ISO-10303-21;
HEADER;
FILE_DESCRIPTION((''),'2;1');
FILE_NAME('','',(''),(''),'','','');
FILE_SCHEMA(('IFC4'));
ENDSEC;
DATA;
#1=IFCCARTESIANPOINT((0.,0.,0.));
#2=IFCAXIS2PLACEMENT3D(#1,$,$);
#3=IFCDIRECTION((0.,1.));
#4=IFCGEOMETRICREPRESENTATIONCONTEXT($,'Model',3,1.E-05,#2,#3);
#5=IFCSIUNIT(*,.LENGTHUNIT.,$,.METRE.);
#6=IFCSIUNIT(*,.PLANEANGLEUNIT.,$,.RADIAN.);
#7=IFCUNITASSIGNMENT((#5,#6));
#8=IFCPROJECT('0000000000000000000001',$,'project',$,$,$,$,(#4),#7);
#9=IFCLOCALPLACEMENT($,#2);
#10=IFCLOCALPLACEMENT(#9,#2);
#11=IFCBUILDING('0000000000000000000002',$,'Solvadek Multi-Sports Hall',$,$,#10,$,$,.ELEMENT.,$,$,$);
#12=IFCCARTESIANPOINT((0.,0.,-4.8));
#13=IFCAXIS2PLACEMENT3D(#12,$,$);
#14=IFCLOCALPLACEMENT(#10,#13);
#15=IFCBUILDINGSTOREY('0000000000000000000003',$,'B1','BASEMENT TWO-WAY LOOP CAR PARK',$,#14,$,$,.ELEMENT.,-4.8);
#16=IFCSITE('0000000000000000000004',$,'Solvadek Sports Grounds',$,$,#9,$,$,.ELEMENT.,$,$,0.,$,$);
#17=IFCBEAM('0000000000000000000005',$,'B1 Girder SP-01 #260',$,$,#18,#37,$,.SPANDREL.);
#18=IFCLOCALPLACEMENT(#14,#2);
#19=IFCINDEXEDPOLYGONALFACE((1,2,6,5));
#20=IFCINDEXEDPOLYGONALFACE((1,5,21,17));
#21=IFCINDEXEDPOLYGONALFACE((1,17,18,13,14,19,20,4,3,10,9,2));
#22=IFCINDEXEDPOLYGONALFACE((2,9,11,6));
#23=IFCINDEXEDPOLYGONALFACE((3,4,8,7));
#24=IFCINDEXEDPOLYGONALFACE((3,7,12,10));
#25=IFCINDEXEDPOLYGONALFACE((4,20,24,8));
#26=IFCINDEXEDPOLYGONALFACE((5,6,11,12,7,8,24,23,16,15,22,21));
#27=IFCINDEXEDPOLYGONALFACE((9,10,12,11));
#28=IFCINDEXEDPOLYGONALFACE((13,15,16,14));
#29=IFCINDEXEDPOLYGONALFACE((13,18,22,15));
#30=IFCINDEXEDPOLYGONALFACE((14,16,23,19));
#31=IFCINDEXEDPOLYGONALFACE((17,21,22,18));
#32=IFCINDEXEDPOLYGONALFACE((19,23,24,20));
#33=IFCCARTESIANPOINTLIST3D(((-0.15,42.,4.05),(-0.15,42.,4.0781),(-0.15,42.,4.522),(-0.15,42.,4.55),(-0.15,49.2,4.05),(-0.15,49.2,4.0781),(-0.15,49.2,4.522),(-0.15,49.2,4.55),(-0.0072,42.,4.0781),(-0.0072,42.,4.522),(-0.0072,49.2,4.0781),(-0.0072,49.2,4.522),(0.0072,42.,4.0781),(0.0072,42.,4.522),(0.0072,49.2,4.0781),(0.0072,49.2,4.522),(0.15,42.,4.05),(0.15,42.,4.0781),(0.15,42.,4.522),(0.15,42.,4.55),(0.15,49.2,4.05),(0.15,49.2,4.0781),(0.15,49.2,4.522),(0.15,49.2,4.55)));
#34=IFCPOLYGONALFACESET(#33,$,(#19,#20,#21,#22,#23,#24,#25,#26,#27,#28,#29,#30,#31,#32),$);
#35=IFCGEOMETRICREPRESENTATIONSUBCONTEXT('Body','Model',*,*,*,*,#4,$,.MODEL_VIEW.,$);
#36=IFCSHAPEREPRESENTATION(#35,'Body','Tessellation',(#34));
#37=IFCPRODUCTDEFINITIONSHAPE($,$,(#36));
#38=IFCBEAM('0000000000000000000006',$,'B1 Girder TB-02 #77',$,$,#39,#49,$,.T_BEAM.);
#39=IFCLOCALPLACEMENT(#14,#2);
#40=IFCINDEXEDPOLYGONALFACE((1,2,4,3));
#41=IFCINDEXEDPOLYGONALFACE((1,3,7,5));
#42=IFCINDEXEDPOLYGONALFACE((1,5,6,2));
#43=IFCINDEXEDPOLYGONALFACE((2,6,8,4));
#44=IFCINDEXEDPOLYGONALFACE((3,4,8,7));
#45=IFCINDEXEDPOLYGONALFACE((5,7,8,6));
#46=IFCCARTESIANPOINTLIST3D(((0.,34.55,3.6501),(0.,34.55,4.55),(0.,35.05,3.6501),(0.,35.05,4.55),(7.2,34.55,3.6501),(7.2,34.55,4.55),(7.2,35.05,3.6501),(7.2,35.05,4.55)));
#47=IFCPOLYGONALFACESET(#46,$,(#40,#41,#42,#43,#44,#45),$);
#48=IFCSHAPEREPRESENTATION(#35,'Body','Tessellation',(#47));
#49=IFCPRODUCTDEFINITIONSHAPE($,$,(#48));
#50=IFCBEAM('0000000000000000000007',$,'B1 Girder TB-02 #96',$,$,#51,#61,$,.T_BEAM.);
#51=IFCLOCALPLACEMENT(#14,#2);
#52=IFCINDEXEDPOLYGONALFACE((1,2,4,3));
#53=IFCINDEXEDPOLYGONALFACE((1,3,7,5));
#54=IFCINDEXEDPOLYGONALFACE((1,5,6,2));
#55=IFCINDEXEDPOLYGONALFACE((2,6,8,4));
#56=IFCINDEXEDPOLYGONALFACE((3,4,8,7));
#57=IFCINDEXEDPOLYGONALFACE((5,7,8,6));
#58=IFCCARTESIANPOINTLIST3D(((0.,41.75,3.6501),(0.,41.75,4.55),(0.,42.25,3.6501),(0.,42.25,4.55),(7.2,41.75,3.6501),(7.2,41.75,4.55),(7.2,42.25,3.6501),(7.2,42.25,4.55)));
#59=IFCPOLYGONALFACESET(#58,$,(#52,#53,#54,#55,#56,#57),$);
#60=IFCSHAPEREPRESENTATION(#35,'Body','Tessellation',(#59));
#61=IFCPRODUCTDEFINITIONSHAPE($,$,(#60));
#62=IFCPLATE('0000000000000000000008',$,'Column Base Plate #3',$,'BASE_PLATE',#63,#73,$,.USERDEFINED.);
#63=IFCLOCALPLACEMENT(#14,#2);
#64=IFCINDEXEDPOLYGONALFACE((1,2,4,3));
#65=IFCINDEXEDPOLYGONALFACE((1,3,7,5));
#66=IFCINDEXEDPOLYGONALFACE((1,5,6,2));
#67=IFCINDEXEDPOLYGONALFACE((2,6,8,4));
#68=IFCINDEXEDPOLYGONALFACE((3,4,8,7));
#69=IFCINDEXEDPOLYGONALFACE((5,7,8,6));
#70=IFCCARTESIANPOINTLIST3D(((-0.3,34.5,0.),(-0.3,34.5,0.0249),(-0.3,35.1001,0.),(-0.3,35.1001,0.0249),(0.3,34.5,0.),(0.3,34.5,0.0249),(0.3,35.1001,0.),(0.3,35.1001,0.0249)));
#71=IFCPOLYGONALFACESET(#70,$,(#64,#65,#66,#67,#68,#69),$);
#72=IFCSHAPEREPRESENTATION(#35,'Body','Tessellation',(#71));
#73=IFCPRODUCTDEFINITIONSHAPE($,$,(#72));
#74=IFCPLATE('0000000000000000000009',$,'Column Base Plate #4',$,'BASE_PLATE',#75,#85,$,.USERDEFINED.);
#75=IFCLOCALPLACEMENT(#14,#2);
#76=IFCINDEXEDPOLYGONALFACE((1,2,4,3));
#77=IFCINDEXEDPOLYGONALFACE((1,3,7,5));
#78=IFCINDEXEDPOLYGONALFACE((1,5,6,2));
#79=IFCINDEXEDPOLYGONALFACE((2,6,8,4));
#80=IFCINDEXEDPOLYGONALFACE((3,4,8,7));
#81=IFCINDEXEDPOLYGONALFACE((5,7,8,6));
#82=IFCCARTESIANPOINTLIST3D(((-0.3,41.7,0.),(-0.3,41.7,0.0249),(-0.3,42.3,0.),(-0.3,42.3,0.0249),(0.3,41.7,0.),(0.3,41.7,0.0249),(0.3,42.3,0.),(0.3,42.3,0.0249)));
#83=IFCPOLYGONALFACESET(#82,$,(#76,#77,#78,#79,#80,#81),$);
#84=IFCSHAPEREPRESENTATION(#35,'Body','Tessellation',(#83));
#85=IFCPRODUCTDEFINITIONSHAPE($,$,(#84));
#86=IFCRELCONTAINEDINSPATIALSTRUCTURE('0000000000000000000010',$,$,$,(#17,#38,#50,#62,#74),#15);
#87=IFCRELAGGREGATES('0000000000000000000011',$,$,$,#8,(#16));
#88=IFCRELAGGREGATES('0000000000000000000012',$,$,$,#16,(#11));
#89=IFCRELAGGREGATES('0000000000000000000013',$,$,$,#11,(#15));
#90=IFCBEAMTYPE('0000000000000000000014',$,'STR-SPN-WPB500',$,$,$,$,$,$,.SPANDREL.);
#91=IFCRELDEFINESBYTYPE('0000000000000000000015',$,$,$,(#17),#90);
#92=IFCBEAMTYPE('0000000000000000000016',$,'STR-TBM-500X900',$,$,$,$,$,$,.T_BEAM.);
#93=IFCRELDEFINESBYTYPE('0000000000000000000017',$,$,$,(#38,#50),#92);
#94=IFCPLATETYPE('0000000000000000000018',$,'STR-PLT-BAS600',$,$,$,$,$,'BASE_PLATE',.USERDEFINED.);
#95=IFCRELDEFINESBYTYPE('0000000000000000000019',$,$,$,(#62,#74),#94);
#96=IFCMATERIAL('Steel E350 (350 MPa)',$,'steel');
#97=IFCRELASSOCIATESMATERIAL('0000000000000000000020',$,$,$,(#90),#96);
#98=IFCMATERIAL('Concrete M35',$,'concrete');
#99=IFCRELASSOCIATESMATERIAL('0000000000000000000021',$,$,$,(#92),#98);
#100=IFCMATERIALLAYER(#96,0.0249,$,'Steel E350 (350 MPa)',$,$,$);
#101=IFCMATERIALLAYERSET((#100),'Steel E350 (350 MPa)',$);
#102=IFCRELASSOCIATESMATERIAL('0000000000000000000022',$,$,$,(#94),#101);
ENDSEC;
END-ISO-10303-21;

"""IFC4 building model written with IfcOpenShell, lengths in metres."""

from ifc_helpers import new_model, si_unit, direction, frame, origin, origin_2d, place, context, subcontext, project, spatial, rectangle, i_section, extrude, material, layer, layer_set, material_profile, profile_set, type_object, element, save


model = new_model("IFC4")

# Units and contexts
model_context = context("Model", 3, precision=1e-05, world=origin(), true_north=direction((0.0, 1.0)))
body_context = subcontext(model_context, "Body", "Model", "MODEL_VIEW")
ifc_project = project(units=[si_unit("LENGTHUNIT", "METRE"), si_unit("PLANEANGLEUNIT", "RADIAN")], contexts=[model_context])

# Site, building, storey
site_placement = place(None, origin())
site = spatial("IfcSite", under=ifc_project, at=site_placement, Name="Solvadek Sports Grounds", CompositionType="ELEMENT", RefElevation=0.0)
building_placement = place(site_placement, origin())
building = spatial("IfcBuilding", under=site, at=building_placement, Name="Solvadek Multi-Sports Hall", CompositionType="ELEMENT")
storey_placement = place(building_placement, frame((0.0, 0.0, -4.8)))
storey = spatial("IfcBuildingStorey", under=building, at=storey_placement, Name="B1", Description="BASEMENT TWO-WAY LOOP CAR PARK", CompositionType="ELEMENT", Elevation=-4.8)

# Shared definitions
ifc_material_1 = material(Name="Concrete M35", Category="concrete")

# Shared definitions
ifc_material_2 = material(Name="Steel E350 (350 MPa)", Category="steel")

# Beams
ifc_material_profile_1 = material_profile(ifc_material_2, i_section(OverallWidth=0.3, OverallDepth=0.5, WebThickness=0.0144, FlangeThickness=0.0281, at=origin_2d()), Name="WPB 500")
ifc_profile_set_1 = profile_set([ifc_material_profile_1], Name="Steel E350 (350 MPa)")
beam_type_1 = type_object("IfcBeamType", Name="STR-SPN-WPB500", PredefinedType="SPANDREL", material=ifc_profile_set_1)
for number, where, z_axis, x_axis, name in (
    (1, (0.0, 42.0, 4.3), (0.0, 1.0, 0.0), (-1.0, 0.0, 0.0), "B1 Girder SP-01 #260"),
):
    element("IfcBeam", number, at=place(storey_placement, frame(where, z_axis=z_axis, x_axis=x_axis)), inside=storey, type_object=beam_type_1, Name=name, PredefinedType="SPANDREL", context=body_context, shape_type="SweptSolid", body=[
        extrude(i_section(OverallWidth=0.3, OverallDepth=0.5, WebThickness=0.0144, FlangeThickness=0.0281, at=origin_2d()), origin(), (0.0, 0.0, 1.0), 7.2),
    ])
ifc_material_profile_2 = material_profile(ifc_material_1, rectangle(XDim=0.5, YDim=0.8999, at=origin_2d()), Name="RC T-BEAM 500x900")
ifc_profile_set_2 = profile_set([ifc_material_profile_2], Name="Concrete M35")
beam_type_2 = type_object("IfcBeamType", Name="STR-TBM-500X900", PredefinedType="T_BEAM", material=ifc_profile_set_2)
for number, where, z_axis, x_axis, name in (
    (2, (0.0, 34.8, 4.1001), (1.0, 0.0, 0.0), (0.0, 1.0, 0.0), "B1 Girder TB-02 #77"),
    (3, (0.0, 42.0, 4.1001), (1.0, 0.0, 0.0), (0.0, 1.0, 0.0), "B1 Girder TB-02 #96"),
):
    element("IfcBeam", number, at=place(storey_placement, frame(where, z_axis=z_axis, x_axis=x_axis)), inside=storey, type_object=beam_type_2, Name=name, PredefinedType="T_BEAM", context=body_context, shape_type="SweptSolid", body=[
        extrude(rectangle(XDim=0.5, YDim=0.8999, at=origin_2d()), origin(), (0.0, 0.0, 1.0), 7.2),
    ])

# Plates
ifc_layer = layer(ifc_material_2, 0.0249, Name="Steel E350 (350 MPa)")
ifc_layer_set = layer_set([ifc_layer], Name="Steel E350 (350 MPa)")
plate_type = type_object("IfcPlateType", Name="STR-PLT-BAS600", ElementType="BASE_PLATE", PredefinedType="USERDEFINED", material=ifc_layer_set)
for number, where, z_axis, x_axis, name in (
    (4, (0.0, 34.8, 0.0), (0.0, 0.0, 1.0), (1.0, 0.0, 0.0), "Column Base Plate #3"),
    (5, (0.0, 42.0, 0.0), (0.0, 0.0, 1.0), (1.0, 0.0, 0.0), "Column Base Plate #4"),
):
    element("IfcPlate", number, at=place(storey_placement, frame(where, z_axis=z_axis, x_axis=x_axis)), inside=storey, type_object=plate_type, Name=name, ObjectType="BASE_PLATE", PredefinedType="USERDEFINED", context=body_context, shape_type="SweptSolid", body=[
        extrude(rectangle(XDim=0.6001, YDim=0.6001, at=origin_2d()), origin(), (0.0, 0.0, 1.0), 0.0249),
    ])

save(model, "model.ifc")
